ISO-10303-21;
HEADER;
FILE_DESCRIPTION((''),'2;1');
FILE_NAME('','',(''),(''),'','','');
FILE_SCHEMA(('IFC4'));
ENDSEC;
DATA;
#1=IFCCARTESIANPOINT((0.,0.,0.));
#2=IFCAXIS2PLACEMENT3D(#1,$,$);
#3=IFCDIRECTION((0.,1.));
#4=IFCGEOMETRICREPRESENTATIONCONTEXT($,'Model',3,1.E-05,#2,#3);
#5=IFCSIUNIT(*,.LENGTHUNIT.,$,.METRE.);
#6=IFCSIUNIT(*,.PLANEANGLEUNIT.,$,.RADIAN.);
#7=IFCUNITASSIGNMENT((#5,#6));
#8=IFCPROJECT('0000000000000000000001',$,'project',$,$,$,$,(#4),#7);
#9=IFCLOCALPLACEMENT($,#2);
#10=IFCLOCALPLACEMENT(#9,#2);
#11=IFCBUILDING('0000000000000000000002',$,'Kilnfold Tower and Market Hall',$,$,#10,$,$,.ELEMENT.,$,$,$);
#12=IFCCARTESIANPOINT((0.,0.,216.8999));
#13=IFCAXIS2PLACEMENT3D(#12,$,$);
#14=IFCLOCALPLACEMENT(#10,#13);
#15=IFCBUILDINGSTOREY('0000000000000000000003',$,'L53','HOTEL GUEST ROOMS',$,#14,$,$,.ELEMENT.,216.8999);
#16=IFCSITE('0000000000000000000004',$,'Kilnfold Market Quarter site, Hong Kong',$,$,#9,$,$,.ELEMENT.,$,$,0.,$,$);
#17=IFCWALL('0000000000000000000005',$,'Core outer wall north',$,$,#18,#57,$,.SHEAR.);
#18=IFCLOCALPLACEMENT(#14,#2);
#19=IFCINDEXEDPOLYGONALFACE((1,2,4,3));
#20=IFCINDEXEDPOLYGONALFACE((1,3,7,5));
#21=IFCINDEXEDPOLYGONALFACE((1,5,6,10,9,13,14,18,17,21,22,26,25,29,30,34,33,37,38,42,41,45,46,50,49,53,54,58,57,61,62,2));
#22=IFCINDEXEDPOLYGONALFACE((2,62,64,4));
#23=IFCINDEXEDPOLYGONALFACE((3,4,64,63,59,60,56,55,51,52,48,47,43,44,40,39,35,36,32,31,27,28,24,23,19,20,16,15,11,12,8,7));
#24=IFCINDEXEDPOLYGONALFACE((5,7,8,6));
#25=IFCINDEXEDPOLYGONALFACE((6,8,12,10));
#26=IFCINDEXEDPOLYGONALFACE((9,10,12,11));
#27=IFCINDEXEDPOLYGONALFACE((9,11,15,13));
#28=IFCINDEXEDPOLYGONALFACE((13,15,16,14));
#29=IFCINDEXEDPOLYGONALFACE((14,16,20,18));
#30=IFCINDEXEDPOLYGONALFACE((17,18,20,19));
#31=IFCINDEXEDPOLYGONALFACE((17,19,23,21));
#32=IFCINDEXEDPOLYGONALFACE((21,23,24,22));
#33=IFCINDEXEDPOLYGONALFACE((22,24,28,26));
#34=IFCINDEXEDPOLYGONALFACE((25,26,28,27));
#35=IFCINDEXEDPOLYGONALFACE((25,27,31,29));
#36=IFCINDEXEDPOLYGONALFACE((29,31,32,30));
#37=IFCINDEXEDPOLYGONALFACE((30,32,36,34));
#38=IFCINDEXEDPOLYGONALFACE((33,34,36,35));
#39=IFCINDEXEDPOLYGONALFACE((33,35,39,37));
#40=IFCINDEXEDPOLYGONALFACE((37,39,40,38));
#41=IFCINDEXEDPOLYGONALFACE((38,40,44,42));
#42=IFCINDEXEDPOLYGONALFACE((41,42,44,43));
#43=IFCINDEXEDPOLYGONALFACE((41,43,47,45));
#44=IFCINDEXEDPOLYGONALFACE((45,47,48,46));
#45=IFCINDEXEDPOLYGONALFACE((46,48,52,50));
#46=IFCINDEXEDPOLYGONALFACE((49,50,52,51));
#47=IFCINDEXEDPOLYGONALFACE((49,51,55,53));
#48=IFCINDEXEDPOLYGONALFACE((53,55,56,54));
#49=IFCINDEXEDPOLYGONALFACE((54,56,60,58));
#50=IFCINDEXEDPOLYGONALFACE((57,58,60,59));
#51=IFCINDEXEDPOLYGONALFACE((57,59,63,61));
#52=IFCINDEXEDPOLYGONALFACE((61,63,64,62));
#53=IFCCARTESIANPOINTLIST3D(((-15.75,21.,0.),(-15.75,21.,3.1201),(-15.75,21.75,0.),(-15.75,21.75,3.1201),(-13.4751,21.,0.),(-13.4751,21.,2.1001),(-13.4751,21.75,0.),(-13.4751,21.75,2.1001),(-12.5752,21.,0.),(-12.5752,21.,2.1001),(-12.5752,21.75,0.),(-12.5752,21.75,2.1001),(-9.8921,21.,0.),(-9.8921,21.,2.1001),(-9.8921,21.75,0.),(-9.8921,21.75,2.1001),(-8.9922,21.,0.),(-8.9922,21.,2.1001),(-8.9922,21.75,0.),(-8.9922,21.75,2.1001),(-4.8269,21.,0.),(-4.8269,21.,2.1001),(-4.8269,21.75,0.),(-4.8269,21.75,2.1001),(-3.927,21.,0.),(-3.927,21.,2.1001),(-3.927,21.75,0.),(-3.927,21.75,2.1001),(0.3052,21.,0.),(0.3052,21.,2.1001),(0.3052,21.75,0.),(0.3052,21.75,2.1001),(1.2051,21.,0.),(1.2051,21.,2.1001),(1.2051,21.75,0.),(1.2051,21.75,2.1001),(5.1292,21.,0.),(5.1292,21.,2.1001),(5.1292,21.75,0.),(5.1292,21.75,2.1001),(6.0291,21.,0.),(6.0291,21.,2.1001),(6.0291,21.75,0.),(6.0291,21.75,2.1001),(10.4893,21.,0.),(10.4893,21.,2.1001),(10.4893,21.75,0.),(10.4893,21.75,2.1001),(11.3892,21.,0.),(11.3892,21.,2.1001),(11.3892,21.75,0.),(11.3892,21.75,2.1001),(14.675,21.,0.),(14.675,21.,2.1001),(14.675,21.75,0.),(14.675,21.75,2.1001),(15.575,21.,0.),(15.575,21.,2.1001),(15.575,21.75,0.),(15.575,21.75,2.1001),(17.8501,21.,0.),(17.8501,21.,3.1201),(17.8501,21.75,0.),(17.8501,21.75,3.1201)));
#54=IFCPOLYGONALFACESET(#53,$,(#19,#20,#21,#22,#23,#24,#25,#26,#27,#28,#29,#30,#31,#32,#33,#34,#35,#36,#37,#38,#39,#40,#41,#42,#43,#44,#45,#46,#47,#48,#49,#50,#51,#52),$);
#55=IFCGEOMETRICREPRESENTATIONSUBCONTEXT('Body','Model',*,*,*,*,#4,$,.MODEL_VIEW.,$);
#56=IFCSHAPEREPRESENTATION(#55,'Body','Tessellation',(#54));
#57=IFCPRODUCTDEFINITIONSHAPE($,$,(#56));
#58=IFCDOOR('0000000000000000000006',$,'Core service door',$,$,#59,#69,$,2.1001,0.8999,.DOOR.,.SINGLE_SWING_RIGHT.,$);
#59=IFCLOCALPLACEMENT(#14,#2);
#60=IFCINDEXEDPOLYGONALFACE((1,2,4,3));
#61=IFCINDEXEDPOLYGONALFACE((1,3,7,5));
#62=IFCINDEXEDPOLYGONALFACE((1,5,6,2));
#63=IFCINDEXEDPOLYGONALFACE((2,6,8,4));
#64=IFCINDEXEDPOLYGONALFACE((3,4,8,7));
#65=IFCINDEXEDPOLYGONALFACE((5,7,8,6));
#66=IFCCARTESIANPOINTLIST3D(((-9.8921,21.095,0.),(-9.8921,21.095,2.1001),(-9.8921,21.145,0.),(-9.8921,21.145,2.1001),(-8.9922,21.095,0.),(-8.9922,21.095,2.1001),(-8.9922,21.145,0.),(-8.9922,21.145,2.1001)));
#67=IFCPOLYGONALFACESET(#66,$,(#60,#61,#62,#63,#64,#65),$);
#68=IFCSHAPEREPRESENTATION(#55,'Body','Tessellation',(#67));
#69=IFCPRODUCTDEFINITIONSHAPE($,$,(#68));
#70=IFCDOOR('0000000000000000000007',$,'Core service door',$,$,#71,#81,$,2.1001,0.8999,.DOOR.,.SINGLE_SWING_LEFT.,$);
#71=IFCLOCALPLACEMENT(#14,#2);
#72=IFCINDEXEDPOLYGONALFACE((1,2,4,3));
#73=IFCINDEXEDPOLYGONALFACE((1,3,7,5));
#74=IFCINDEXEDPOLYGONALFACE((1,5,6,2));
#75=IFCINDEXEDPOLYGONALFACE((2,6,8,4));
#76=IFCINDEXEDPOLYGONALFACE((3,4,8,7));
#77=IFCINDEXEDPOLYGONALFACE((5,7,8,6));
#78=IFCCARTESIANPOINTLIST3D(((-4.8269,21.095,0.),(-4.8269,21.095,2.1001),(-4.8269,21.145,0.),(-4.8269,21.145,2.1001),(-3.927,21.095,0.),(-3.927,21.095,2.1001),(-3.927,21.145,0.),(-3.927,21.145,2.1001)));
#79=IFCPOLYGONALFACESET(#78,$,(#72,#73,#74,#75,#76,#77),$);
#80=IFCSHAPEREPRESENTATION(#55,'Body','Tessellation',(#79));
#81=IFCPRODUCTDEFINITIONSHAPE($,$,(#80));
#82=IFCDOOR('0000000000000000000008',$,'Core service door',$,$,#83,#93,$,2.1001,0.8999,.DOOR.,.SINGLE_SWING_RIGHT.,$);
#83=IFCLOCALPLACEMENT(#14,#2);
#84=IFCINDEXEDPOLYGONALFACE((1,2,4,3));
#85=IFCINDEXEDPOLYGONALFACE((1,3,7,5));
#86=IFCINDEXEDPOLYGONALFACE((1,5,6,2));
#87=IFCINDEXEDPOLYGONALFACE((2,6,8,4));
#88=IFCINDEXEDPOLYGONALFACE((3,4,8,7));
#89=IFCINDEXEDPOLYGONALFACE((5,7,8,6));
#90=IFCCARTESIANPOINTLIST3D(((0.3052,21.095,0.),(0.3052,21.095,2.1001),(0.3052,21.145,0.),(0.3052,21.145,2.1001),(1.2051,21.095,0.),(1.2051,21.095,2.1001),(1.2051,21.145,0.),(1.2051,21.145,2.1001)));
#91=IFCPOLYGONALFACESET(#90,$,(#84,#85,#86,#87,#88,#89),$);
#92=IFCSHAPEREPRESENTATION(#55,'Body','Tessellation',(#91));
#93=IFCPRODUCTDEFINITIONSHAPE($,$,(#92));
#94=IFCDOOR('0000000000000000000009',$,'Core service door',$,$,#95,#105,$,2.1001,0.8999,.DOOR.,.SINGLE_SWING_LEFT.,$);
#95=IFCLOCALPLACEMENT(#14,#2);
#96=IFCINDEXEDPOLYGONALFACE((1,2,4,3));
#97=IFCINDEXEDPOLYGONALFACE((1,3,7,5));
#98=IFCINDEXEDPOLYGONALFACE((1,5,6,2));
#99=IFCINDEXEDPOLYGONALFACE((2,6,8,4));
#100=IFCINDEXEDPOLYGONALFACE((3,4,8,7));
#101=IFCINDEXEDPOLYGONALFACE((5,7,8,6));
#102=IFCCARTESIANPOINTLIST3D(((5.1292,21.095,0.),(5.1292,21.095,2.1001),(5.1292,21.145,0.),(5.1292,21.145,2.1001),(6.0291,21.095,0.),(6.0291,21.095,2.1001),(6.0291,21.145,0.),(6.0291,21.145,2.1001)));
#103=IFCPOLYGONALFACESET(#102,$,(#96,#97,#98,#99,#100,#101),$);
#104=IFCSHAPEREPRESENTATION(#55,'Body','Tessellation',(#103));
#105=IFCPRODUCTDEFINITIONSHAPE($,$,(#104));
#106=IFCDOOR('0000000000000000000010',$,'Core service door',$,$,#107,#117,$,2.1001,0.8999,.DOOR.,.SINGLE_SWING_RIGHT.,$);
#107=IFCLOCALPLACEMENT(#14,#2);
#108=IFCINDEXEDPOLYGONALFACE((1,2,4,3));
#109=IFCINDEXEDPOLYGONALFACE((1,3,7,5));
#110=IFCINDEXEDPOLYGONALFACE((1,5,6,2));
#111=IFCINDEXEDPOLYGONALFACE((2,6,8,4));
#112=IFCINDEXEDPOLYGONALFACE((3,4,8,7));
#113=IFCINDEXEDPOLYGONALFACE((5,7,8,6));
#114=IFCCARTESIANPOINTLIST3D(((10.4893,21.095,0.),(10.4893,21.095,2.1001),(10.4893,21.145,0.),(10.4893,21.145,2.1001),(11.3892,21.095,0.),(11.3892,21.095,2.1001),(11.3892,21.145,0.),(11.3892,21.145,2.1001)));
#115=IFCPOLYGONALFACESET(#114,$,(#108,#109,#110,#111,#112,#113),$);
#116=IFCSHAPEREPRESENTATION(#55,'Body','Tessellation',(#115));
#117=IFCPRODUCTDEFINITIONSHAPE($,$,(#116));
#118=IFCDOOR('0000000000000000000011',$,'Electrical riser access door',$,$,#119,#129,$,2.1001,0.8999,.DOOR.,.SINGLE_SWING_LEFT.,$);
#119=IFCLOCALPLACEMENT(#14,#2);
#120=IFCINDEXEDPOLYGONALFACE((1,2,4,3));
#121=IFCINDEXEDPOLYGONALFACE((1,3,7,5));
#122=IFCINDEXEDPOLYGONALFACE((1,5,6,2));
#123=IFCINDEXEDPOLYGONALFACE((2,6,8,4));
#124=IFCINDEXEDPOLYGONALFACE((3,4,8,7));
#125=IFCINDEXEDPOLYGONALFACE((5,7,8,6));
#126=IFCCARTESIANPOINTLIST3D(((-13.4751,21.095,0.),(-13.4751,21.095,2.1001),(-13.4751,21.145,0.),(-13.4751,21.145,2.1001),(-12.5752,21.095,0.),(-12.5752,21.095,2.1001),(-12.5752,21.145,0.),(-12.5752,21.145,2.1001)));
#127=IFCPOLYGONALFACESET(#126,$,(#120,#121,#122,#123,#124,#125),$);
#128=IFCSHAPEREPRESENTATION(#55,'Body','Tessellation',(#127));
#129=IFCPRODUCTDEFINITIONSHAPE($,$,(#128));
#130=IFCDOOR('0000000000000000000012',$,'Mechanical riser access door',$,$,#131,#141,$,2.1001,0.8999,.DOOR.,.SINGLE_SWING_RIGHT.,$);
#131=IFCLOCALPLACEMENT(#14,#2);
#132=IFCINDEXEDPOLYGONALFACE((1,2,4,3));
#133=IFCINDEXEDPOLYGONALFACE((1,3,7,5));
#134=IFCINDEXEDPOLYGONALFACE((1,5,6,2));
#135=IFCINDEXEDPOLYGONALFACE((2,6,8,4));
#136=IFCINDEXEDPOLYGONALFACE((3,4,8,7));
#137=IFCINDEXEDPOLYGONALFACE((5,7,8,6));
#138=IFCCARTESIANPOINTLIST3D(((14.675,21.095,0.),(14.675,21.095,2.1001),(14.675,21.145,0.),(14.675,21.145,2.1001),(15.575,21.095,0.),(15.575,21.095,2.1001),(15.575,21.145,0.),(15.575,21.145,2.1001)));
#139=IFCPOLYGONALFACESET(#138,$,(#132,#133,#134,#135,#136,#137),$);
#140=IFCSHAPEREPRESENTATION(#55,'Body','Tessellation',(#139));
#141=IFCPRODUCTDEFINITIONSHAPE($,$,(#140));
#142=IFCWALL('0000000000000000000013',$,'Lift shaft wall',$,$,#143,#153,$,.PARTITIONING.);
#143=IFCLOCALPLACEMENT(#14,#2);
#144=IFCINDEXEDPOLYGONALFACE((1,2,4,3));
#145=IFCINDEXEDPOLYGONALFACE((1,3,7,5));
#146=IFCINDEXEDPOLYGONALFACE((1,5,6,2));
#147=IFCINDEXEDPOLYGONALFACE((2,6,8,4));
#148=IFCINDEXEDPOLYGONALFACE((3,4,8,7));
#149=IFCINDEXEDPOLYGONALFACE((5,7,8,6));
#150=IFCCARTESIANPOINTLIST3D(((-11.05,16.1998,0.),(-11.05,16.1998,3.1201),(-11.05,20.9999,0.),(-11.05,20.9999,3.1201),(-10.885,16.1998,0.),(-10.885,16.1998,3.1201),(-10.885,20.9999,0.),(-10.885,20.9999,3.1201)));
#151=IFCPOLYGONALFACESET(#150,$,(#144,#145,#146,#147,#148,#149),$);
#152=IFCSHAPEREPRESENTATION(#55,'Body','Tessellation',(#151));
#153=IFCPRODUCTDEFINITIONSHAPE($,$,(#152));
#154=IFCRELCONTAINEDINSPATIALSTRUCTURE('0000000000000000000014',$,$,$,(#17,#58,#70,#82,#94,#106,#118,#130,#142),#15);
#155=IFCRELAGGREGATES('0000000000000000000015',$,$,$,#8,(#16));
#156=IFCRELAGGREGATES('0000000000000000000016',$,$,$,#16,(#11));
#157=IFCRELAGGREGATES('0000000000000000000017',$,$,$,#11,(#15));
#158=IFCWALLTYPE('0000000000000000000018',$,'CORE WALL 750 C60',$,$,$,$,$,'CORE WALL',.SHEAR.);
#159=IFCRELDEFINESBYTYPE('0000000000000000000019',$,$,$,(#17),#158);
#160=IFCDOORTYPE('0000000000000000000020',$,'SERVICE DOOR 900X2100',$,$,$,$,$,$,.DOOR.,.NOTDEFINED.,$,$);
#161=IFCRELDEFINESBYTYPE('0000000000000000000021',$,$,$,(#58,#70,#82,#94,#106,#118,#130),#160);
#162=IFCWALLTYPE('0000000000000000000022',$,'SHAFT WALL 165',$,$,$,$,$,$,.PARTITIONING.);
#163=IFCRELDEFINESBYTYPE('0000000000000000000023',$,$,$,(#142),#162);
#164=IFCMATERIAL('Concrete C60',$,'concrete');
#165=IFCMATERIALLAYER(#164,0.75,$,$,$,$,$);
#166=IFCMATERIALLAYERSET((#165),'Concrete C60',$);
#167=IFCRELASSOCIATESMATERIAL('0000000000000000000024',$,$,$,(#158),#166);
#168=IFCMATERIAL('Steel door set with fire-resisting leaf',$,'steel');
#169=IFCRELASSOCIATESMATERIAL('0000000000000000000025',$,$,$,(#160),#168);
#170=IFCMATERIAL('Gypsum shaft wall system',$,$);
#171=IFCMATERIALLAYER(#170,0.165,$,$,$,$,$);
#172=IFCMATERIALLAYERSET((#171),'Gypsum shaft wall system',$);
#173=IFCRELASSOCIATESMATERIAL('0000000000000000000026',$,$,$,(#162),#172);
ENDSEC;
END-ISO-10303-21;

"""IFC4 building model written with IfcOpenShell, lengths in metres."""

from ifc_helpers import new_model, si_unit, direction, frame, frame_2d, origin, place, context, subcontext, project, spatial, rectangle, extrude, source, transform, mapped, material, layer, layer_set, type_object, element, fill, save


model = new_model("IFC4")

# Units and contexts
model_context = context("Model", 3, precision=1e-05, world=origin(), true_north=direction((0.0, 1.0)))
body_context = subcontext(model_context, "Body", "Model", "MODEL_VIEW")
ifc_project = project(units=[si_unit("LENGTHUNIT", "METRE"), si_unit("PLANEANGLEUNIT", "RADIAN")], contexts=[model_context])

# Site, building, storey
site_placement = place(None, origin())
site = spatial("IfcSite", under=ifc_project, at=site_placement, Name="Kilnfold Market Quarter site, Hong Kong", CompositionType="ELEMENT", RefElevation=0.0)
building_placement = place(site_placement, origin())
building = spatial("IfcBuilding", under=site, at=building_placement, Name="Kilnfold Tower and Market Hall", CompositionType="ELEMENT")
storey_placement = place(building_placement, frame((0.0, 0.0, 216.8999)))
storey = spatial("IfcBuildingStorey", under=building, at=storey_placement, Name="L53", Description="HOTEL GUEST ROOMS", CompositionType="ELEMENT", Elevation=216.8999)

# Wall, openings, doors
ifc_material_1 = material(Name="Concrete C60", Category="concrete")
ifc_layer_1 = layer(ifc_material_1, 0.75)
ifc_layer_set_1 = layer_set([ifc_layer_1], Name="Concrete C60")
wall_type_1 = type_object("IfcWallType", Name="CORE WALL 750 C60", ElementType="CORE WALL", PredefinedType="SHEAR", material=ifc_layer_set_1)
shared_shape_1 = source(origin(), body_context, "Body", "SweptSolid", [
    extrude(rectangle(XDim=33.6001, YDim=0.75, at=frame_2d((16.8, 0.0))), origin(), (0.0, 0.0, 1.0), 3.1201),
])
wall_1_placement = place(storey_placement, frame((-15.75, 21.375, 0.0), z_axis=(0.0, 0.0, 1.0), x_axis=(1.0, 0.0, 0.0)))
wall_1 = element("IfcWall", 1, at=wall_1_placement, inside=storey, type_object=wall_type_1, Name="Core outer wall north", PredefinedType="SHEAR", context=body_context, shape_type="MappedRepresentation", body=[
    mapped(shared_shape_1, transform((0.0, 0.0, 0.0))),
])
opening_1_placement = place(wall_1_placement, frame((5.8579, 0.0, 0.0)))
opening_1 = element("IfcOpeningElement", 2, at=opening_1_placement, cuts=wall_1, PredefinedType="OPENING", context=body_context, shape_type="SweptSolid", body=[
    extrude(rectangle(XDim=0.8999, YDim=2.1001, at=frame_2d((0.45, 1.05))), frame((0.0, 0.385, 0.0), z_axis=(0.0, -1.0, 0.0), x_axis=(1.0, 0.0, 0.0)), (0.0, 0.0, 1.0), 0.77),
])
opening_2_placement = place(wall_1_placement, frame((10.9231, 0.0, 0.0)))
opening_2 = element("IfcOpeningElement", 3, at=opening_2_placement, cuts=wall_1, PredefinedType="OPENING", context=body_context, shape_type="SweptSolid", body=[
    extrude(rectangle(XDim=0.8999, YDim=2.1001, at=frame_2d((0.45, 1.05))), frame((0.0, 0.385, 0.0), z_axis=(0.0, -1.0, 0.0), x_axis=(1.0, 0.0, 0.0)), (0.0, 0.0, 1.0), 0.77),
])
opening_3_placement = place(wall_1_placement, frame((16.0552, 0.0, 0.0)))
opening_3 = element("IfcOpeningElement", 4, at=opening_3_placement, cuts=wall_1, PredefinedType="OPENING", context=body_context, shape_type="SweptSolid", body=[
    extrude(rectangle(XDim=0.8999, YDim=2.1001, at=frame_2d((0.45, 1.05))), frame((0.0, 0.385, 0.0), z_axis=(0.0, -1.0, 0.0), x_axis=(1.0, 0.0, 0.0)), (0.0, 0.0, 1.0), 0.77),
])
opening_4_placement = place(wall_1_placement, frame((20.8792, 0.0, 0.0)))
opening_4 = element("IfcOpeningElement", 5, at=opening_4_placement, cuts=wall_1, PredefinedType="OPENING", context=body_context, shape_type="SweptSolid", body=[
    extrude(rectangle(XDim=0.8999, YDim=2.1001, at=frame_2d((0.45, 1.05))), frame((0.0, 0.385, 0.0), z_axis=(0.0, -1.0, 0.0), x_axis=(1.0, 0.0, 0.0)), (0.0, 0.0, 1.0), 0.77),
])
opening_5_placement = place(wall_1_placement, frame((26.2393, 0.0, 0.0)))
opening_5 = element("IfcOpeningElement", 6, at=opening_5_placement, cuts=wall_1, PredefinedType="OPENING", context=body_context, shape_type="SweptSolid", body=[
    extrude(rectangle(XDim=0.8999, YDim=2.1001, at=frame_2d((0.45, 1.05))), frame((0.0, 0.385, 0.0), z_axis=(0.0, -1.0, 0.0), x_axis=(1.0, 0.0, 0.0)), (0.0, 0.0, 1.0), 0.77),
])
opening_6_placement = place(wall_1_placement, frame((2.2749, 0.0, 0.0)))
opening_6 = element("IfcOpeningElement", 7, at=opening_6_placement, cuts=wall_1, PredefinedType="OPENING", context=body_context, shape_type="SweptSolid", body=[
    extrude(rectangle(XDim=0.8999, YDim=2.1001, at=frame_2d((0.45, 1.05))), frame((0.0, 0.385, 0.0), z_axis=(0.0, -1.0, 0.0), x_axis=(1.0, 0.0, 0.0)), (0.0, 0.0, 1.0), 0.77),
])
opening_7_placement = place(wall_1_placement, frame((30.425, 0.0, 0.0)))
opening_7 = element("IfcOpeningElement", 8, at=opening_7_placement, cuts=wall_1, PredefinedType="OPENING", context=body_context, shape_type="SweptSolid", body=[
    extrude(rectangle(XDim=0.8999, YDim=2.1001, at=frame_2d((0.45, 1.05))), frame((0.0, 0.385, 0.0), z_axis=(0.0, -1.0, 0.0), x_axis=(1.0, 0.0, 0.0)), (0.0, 0.0, 1.0), 0.77),
])
ifc_material_2 = material(Name="Steel door set with fire-resisting leaf", Category="steel")
door_type_1 = type_object("IfcDoorType", Name="SERVICE DOOR 900X2100", OperationType="NOTDEFINED", PredefinedType="DOOR", material=ifc_material_2)
door_1_placement = place(opening_1_placement, origin())
door_1 = element("IfcDoor", 9, at=door_1_placement, inside=storey, type_object=door_type_1, Name="Core service door", OperationType="SINGLE_SWING_RIGHT", OverallHeight=2.1001, OverallWidth=0.8999, PredefinedType="DOOR", context=body_context, shape_type="SweptSolid", body=[
    extrude(rectangle(XDim=0.8999, YDim=2.1001, at=frame_2d((0.45, 1.05))), frame((0.0, -0.23, 0.0), z_axis=(0.0, -1.0, 0.0), x_axis=(1.0, 0.0, 0.0)), (0.0, 0.0, 1.0), 0.05),
])
fill(opening_1, door_1)
door_2_placement = place(opening_2_placement, origin())
door_2 = element("IfcDoor", 10, at=door_2_placement, inside=storey, type_object=door_type_1, Name="Core service door", OperationType="SINGLE_SWING_LEFT", OverallHeight=2.1001, OverallWidth=0.8999, PredefinedType="DOOR", context=body_context, shape_type="SweptSolid", body=[
    extrude(rectangle(XDim=0.8999, YDim=2.1001, at=frame_2d((0.45, 1.05))), frame((0.0, -0.23, 0.0), z_axis=(0.0, -1.0, 0.0), x_axis=(1.0, 0.0, 0.0)), (0.0, 0.0, 1.0), 0.05),
])
fill(opening_2, door_2)
door_3_placement = place(opening_3_placement, origin())
door_3 = element("IfcDoor", 11, at=door_3_placement, inside=storey, type_object=door_type_1, Name="Core service door", OperationType="SINGLE_SWING_RIGHT", OverallHeight=2.1001, OverallWidth=0.8999, PredefinedType="DOOR", context=body_context, shape_type="SweptSolid", body=[
    extrude(rectangle(XDim=0.8999, YDim=2.1001, at=frame_2d((0.45, 1.05))), frame((0.0, -0.23, 0.0), z_axis=(0.0, -1.0, 0.0), x_axis=(1.0, 0.0, 0.0)), (0.0, 0.0, 1.0), 0.05),
])
fill(opening_3, door_3)
door_4_placement = place(opening_4_placement, origin())
door_4 = element("IfcDoor", 12, at=door_4_placement, inside=storey, type_object=door_type_1, Name="Core service door", OperationType="SINGLE_SWING_LEFT", OverallHeight=2.1001, OverallWidth=0.8999, PredefinedType="DOOR", context=body_context, shape_type="SweptSolid", body=[
    extrude(rectangle(XDim=0.8999, YDim=2.1001, at=frame_2d((0.45, 1.05))), frame((0.0, -0.23, 0.0), z_axis=(0.0, -1.0, 0.0), x_axis=(1.0, 0.0, 0.0)), (0.0, 0.0, 1.0), 0.05),
])
fill(opening_4, door_4)
door_5_placement = place(opening_5_placement, origin())
door_5 = element("IfcDoor", 13, at=door_5_placement, inside=storey, type_object=door_type_1, Name="Core service door", OperationType="SINGLE_SWING_RIGHT", OverallHeight=2.1001, OverallWidth=0.8999, PredefinedType="DOOR", context=body_context, shape_type="SweptSolid", body=[
    extrude(rectangle(XDim=0.8999, YDim=2.1001, at=frame_2d((0.45, 1.05))), frame((0.0, -0.23, 0.0), z_axis=(0.0, -1.0, 0.0), x_axis=(1.0, 0.0, 0.0)), (0.0, 0.0, 1.0), 0.05),
])
fill(opening_5, door_5)
door_6_placement = place(opening_6_placement, origin())
door_6 = element("IfcDoor", 14, at=door_6_placement, inside=storey, type_object=door_type_1, Name="Electrical riser access door", OperationType="SINGLE_SWING_LEFT", OverallHeight=2.1001, OverallWidth=0.8999, PredefinedType="DOOR", context=body_context, shape_type="SweptSolid", body=[
    extrude(rectangle(XDim=0.8999, YDim=2.1001, at=frame_2d((0.45, 1.05))), frame((0.0, -0.23, 0.0), z_axis=(0.0, -1.0, 0.0), x_axis=(1.0, 0.0, 0.0)), (0.0, 0.0, 1.0), 0.05),
])
fill(opening_6, door_6)
door_7_placement = place(opening_7_placement, origin())
door_7 = element("IfcDoor", 15, at=door_7_placement, inside=storey, type_object=door_type_1, Name="Mechanical riser access door", OperationType="SINGLE_SWING_RIGHT", OverallHeight=2.1001, OverallWidth=0.8999, PredefinedType="DOOR", context=body_context, shape_type="SweptSolid", body=[
    extrude(rectangle(XDim=0.8999, YDim=2.1001, at=frame_2d((0.45, 1.05))), frame((0.0, -0.23, 0.0), z_axis=(0.0, -1.0, 0.0), x_axis=(1.0, 0.0, 0.0)), (0.0, 0.0, 1.0), 0.05),
])
fill(opening_7, door_7)

# Wall
ifc_material_3 = material(Name="Gypsum shaft wall system")
ifc_layer_2 = layer(ifc_material_3, 0.165)
ifc_layer_set_2 = layer_set([ifc_layer_2], Name="Gypsum shaft wall system")
wall_type_2 = type_object("IfcWallType", Name="SHAFT WALL 165", PredefinedType="PARTITIONING", material=ifc_layer_set_2)
shared_shape_2 = source(origin(), body_context, "Body", "SweptSolid", [
    extrude(rectangle(XDim=4.8, YDim=0.165, at=frame_2d((2.3999, 0.0))), origin(), (0.0, 0.0, 1.0), 3.1201),
])
wall_2_placement = place(storey_placement, frame((-10.9675, 16.2, 0.0), z_axis=(0.0, 0.0, 1.0), x_axis=(0.0, 1.0, 0.0)))
element("IfcWall", 16, at=wall_2_placement, inside=storey, type_object=wall_type_2, Name="Lift shaft wall", PredefinedType="PARTITIONING", context=body_context, shape_type="MappedRepresentation", body=[
    mapped(shared_shape_2, transform((0.0, 0.0, 0.0))),
])

save(model, "model.ifc")
